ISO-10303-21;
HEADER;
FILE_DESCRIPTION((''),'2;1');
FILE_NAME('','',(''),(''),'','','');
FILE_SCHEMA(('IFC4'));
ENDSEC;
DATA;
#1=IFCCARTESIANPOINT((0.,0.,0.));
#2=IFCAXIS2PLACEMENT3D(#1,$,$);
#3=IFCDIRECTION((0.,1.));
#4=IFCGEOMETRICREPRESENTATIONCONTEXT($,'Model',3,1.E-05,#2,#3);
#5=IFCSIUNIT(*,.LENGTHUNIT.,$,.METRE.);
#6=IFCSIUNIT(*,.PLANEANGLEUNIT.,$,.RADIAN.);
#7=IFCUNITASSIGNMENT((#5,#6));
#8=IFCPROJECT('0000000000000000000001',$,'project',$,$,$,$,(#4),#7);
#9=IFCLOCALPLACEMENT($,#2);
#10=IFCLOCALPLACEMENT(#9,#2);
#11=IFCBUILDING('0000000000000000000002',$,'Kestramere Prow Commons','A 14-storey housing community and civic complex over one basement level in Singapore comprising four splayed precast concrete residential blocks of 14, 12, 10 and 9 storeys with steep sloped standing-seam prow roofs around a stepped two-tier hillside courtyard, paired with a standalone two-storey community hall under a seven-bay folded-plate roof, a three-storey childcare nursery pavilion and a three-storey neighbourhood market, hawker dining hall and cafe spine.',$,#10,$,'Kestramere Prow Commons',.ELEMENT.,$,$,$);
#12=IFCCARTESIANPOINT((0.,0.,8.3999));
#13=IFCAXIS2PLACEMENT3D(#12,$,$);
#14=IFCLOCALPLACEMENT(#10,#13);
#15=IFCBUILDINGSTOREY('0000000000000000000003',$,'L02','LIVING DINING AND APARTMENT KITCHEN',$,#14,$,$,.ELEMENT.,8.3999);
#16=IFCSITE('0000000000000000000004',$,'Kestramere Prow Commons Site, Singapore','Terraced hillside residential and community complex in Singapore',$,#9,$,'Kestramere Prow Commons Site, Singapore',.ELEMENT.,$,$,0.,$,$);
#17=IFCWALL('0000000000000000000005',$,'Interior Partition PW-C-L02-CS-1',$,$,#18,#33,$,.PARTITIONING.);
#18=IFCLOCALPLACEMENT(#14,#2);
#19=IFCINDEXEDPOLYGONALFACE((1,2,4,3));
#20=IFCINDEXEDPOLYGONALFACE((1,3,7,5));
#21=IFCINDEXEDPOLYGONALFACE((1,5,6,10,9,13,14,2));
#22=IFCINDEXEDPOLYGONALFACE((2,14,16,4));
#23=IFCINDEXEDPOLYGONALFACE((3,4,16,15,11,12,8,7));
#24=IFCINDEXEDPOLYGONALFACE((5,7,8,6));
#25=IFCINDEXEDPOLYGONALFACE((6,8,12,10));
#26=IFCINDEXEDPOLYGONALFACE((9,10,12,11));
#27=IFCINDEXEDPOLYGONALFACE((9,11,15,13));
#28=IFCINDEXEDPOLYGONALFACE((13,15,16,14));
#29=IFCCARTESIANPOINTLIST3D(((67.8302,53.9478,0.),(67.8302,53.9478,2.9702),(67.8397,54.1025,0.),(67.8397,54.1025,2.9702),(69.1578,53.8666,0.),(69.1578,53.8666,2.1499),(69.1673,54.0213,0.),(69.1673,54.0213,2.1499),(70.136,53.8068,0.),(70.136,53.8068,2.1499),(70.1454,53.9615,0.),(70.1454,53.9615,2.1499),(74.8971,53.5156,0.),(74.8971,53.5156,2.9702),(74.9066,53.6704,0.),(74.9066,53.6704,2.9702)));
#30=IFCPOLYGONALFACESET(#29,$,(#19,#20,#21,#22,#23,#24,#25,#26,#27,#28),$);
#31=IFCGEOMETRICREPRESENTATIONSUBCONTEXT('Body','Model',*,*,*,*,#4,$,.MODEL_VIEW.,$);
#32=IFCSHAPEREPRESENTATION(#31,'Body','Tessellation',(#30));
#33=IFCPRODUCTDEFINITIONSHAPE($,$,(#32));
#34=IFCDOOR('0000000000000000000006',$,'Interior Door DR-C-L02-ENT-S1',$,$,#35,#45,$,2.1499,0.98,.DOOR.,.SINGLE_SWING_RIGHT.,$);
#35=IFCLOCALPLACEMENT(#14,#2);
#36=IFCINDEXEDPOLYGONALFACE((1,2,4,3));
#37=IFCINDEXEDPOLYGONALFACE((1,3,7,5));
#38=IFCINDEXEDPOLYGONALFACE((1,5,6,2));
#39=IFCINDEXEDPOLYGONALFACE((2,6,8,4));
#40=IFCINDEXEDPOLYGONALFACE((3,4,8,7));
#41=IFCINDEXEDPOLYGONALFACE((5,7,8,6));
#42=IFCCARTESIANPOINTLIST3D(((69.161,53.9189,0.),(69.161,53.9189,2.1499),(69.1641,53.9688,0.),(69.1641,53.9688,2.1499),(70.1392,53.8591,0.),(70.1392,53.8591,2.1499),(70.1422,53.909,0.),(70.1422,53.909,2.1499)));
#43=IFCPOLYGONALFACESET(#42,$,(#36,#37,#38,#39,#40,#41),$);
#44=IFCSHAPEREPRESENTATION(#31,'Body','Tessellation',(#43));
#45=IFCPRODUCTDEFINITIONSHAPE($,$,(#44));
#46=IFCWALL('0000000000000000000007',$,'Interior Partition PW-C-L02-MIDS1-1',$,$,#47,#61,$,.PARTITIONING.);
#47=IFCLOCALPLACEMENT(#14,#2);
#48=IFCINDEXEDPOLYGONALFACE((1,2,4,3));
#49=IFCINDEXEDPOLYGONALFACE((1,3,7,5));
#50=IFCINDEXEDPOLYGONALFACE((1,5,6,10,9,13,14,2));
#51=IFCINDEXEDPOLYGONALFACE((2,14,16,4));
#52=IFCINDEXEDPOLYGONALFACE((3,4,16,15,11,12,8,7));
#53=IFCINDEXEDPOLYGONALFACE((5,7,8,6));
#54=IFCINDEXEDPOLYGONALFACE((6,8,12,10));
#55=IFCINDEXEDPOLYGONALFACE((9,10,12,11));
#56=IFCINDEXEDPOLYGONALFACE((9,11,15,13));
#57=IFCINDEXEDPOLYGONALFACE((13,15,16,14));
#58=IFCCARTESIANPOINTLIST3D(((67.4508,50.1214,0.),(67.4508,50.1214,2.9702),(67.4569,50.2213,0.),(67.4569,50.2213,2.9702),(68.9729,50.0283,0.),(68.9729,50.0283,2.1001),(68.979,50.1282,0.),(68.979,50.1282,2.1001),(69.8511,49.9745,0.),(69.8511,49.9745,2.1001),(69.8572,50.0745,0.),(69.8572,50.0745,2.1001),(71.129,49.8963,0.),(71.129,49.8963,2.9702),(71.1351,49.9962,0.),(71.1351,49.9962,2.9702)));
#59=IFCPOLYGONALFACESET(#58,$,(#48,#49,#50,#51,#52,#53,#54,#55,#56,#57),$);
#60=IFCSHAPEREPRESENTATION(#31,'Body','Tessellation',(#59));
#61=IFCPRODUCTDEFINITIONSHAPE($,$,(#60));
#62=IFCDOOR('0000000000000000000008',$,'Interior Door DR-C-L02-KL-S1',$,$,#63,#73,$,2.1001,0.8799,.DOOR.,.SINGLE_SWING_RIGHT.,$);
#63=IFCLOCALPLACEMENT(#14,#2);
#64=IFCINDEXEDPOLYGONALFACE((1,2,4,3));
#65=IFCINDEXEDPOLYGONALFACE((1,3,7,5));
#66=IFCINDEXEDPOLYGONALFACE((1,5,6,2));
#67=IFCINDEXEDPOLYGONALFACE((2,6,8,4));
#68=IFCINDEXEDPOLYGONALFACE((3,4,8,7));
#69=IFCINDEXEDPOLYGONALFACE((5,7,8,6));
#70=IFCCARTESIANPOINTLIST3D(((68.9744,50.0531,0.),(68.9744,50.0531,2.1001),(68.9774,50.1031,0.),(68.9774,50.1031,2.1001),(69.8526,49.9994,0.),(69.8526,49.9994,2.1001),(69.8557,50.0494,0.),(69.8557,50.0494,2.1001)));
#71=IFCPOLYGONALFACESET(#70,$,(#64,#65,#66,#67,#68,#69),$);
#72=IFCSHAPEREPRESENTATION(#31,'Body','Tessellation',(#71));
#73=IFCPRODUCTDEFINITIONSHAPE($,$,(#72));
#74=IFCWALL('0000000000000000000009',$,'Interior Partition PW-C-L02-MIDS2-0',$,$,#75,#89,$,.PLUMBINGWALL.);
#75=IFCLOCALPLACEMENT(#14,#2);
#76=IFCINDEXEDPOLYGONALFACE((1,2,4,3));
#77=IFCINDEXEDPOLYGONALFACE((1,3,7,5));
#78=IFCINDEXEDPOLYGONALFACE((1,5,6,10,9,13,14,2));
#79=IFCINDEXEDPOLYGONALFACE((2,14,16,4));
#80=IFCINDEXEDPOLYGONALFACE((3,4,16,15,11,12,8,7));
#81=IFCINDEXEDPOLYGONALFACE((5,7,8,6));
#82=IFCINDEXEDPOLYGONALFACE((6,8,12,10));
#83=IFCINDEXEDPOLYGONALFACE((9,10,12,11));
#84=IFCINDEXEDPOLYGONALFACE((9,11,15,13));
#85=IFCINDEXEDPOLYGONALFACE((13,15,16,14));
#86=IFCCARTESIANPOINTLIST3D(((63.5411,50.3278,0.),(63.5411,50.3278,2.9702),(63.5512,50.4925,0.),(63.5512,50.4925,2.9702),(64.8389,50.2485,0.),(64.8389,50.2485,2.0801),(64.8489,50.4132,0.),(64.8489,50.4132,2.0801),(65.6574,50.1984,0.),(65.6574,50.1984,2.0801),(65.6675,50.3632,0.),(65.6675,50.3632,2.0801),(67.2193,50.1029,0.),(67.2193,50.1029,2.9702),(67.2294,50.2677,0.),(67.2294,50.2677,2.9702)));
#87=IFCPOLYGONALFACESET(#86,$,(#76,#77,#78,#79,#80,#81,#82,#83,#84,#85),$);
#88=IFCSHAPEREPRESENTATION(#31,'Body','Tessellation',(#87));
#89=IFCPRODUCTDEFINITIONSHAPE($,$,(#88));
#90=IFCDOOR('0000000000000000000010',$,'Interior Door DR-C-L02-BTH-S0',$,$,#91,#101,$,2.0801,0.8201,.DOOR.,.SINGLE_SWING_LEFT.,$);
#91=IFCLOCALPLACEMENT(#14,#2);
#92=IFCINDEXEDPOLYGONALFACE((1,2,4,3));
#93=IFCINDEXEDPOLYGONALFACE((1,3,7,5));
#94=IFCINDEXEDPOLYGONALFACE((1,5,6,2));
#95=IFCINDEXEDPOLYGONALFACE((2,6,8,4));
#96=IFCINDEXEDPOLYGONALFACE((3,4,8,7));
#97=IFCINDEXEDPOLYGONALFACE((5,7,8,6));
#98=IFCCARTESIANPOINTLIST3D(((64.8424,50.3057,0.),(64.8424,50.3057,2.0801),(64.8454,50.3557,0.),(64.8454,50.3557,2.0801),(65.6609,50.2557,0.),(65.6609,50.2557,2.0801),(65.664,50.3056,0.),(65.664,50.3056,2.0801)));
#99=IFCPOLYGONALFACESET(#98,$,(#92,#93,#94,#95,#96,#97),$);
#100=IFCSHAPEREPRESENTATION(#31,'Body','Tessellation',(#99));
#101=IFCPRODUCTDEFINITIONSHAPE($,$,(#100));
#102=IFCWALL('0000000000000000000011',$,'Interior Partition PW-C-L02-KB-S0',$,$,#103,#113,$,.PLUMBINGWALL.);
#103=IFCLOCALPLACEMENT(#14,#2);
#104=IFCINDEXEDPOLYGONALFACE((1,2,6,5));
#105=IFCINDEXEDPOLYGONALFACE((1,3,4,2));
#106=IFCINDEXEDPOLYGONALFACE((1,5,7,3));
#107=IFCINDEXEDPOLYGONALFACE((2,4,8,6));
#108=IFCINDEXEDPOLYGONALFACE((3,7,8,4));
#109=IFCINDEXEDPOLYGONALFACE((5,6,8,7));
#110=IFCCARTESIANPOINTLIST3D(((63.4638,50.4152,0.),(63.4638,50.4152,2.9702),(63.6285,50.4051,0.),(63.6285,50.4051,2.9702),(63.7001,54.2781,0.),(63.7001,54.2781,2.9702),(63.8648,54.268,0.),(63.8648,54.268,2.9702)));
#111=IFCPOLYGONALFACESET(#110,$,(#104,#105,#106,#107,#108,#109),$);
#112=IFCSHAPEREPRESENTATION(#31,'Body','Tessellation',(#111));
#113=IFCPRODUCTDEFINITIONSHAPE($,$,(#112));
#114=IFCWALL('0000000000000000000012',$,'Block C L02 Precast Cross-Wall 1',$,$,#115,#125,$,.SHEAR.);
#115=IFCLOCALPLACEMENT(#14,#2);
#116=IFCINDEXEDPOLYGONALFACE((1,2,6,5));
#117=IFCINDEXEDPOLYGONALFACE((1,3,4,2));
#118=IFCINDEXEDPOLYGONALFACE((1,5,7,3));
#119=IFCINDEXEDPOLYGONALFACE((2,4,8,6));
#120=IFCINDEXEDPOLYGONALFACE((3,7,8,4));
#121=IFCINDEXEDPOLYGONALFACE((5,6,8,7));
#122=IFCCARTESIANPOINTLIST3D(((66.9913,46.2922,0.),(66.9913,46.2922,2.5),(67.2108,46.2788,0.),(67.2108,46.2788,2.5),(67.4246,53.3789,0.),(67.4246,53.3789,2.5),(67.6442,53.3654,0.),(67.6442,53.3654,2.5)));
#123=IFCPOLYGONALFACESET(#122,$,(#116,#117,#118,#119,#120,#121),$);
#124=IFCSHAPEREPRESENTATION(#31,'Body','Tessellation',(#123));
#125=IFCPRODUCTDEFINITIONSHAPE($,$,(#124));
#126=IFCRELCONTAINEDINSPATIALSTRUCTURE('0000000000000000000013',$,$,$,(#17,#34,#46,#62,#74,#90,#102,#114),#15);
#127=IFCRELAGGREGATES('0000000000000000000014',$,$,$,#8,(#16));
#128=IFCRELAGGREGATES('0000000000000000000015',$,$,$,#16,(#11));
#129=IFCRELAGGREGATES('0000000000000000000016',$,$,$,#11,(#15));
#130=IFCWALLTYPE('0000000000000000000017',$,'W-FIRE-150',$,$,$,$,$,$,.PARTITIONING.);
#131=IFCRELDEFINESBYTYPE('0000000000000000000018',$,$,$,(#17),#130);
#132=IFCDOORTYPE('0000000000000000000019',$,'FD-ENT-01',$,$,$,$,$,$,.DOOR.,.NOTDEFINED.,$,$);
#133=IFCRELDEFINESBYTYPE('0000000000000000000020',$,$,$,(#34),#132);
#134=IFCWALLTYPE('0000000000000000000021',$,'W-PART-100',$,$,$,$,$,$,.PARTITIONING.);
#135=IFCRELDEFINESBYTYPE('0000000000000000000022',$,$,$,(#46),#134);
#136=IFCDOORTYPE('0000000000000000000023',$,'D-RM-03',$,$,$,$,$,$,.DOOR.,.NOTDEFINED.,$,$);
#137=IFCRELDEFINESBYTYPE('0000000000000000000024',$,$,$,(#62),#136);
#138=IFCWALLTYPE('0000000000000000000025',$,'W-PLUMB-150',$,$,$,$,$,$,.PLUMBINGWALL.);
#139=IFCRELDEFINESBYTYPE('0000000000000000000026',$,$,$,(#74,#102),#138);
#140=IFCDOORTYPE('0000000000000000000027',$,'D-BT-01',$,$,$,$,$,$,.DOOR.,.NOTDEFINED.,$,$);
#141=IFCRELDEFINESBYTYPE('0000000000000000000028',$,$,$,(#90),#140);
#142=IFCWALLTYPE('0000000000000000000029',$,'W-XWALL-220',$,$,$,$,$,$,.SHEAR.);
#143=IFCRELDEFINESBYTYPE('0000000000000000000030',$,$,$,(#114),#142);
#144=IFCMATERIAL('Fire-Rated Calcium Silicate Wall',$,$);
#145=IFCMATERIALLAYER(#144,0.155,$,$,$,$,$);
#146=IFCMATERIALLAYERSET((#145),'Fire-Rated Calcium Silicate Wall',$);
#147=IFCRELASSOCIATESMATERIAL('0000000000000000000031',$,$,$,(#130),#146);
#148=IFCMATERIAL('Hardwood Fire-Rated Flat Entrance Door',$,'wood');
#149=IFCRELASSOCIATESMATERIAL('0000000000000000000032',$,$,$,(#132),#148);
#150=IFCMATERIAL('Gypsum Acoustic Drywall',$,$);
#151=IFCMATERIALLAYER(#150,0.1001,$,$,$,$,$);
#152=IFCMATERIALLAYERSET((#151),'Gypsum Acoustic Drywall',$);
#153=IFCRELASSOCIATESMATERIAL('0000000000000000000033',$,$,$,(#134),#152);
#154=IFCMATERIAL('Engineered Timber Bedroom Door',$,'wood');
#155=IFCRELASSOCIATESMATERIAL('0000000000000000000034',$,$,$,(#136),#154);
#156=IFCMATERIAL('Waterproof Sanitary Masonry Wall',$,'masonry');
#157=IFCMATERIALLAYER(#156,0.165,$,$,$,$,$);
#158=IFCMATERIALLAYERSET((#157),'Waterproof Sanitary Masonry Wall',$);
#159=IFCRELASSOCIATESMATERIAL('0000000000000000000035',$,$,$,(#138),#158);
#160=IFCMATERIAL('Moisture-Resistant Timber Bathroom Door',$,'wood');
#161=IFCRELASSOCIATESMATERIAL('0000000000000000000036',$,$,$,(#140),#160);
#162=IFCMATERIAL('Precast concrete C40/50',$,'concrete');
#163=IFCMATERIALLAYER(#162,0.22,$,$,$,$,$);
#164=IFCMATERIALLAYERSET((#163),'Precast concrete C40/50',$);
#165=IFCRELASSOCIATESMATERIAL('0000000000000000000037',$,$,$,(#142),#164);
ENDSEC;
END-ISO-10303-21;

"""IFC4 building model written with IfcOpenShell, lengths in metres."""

from ifc_helpers import new_model, si_unit, direction, frame, frame_2d, origin, place, context, subcontext, project, spatial, rectangle, extrude, material, layer, layer_set, type_object, element, fill, save


model = new_model("IFC4")

# Units and contexts
model_context = context("Model", 3, precision=1e-05, world=origin(), true_north=direction((0.0, 1.0)))
body_context = subcontext(model_context, "Body", "Model", "MODEL_VIEW")
ifc_project = project(units=[si_unit("LENGTHUNIT", "METRE"), si_unit("PLANEANGLEUNIT", "RADIAN")], contexts=[model_context])

# Site, building, storey
site_placement = place(None, origin())
site = spatial("IfcSite", under=ifc_project, at=site_placement, Name="Kestramere Prow Commons Site, Singapore", Description="Terraced hillside residential and community complex in Singapore", LongName="Kestramere Prow Commons Site, Singapore", CompositionType="ELEMENT", RefElevation=0.0)
building_placement = place(site_placement, origin())
building = spatial("IfcBuilding", under=site, at=building_placement, Name="Kestramere Prow Commons", Description="A 14-storey housing community and civic complex over one basement level in Singapore comprising four splayed precast concrete residential blocks of 14, 12, 10 and 9 storeys with steep sloped standing-seam prow roofs around a stepped two-tier hillside courtyard, paired with a standalone two-storey community hall under a seven-bay folded-plate roof, a three-storey childcare nursery pavilion and a three-storey neighbourhood market, hawker dining hall and cafe spine.", LongName="Kestramere Prow Commons", CompositionType="ELEMENT")
storey_placement = place(building_placement, frame((0.0, 0.0, 8.3999)))
storey = spatial("IfcBuildingStorey", under=building, at=storey_placement, Name="L02", Description="LIVING DINING AND APARTMENT KITCHEN", CompositionType="ELEMENT", Elevation=8.3999)

# Shared definitions
ifc_material_1 = material(Name="Precast concrete C40/50", Category="concrete")

# Walls, openings, doors
ifc_material_2 = material(Name="Fire-Rated Calcium Silicate Wall")
ifc_layer_1 = layer(ifc_material_2, 0.155)
ifc_layer_set_1 = layer_set([ifc_layer_1], Name="Fire-Rated Calcium Silicate Wall")
wall_type_1 = type_object("IfcWallType", Name="W-FIRE-150", PredefinedType="PARTITIONING", material=ifc_layer_set_1)
ifc_material_3 = material(Name="Hardwood Fire-Rated Flat Entrance Door", Category="wood")
wall_1_placement = place(storey_placement, frame((67.835, 54.0251, 0.0), z_axis=(0.0, 0.0, 1.0), x_axis=(0.998136, -0.061034, 0.0)))
wall_1 = element("IfcWall", 1, at=wall_1_placement, inside=storey, type_object=wall_type_1, Name="Interior Partition PW-C-L02-CS-1", PredefinedType="PARTITIONING", context=body_context, shape_type="SweptSolid", body=[
    extrude(rectangle(XDim=7.0801, YDim=0.155, at=frame_2d((3.54, 0.0))), origin(), (0.0, 0.0, 1.0), 2.9702),
])
opening_1_placement = place(wall_1_placement, frame((1.3301, 0.0, 0.0)))
opening_1 = element("IfcOpeningElement", 2, at=opening_1_placement, cuts=wall_1, PredefinedType="OPENING", context=body_context, shape_type="SweptSolid", body=[
    extrude(rectangle(XDim=0.98, YDim=2.1499, at=frame_2d((0.49, 1.075))), frame((0.0, 0.0925, 0.0), z_axis=(0.0, -1.0, 0.0), x_axis=(1.0, 0.0, 0.0)), (0.0, 0.0, 1.0), 0.1851),
])
door_type_1 = type_object("IfcDoorType", Name="FD-ENT-01", OperationType="NOTDEFINED", PredefinedType="DOOR", material=ifc_material_3)
door_1_placement = place(opening_1_placement, origin())
door_1 = element("IfcDoor", 3, at=door_1_placement, inside=storey, type_object=door_type_1, Name="Interior Door DR-C-L02-ENT-S1", OperationType="SINGLE_SWING_RIGHT", OverallHeight=2.1499, OverallWidth=0.98, PredefinedType="DOOR", context=body_context, shape_type="SweptSolid", body=[
    extrude(rectangle(XDim=0.98, YDim=2.1499, at=frame_2d((0.49, 1.075))), frame((0.0, 0.0249, 0.0), z_axis=(0.0, -1.0, 0.0), x_axis=(1.0, 0.0, 0.0)), (0.0, 0.0, 1.0), 0.05),
])
fill(opening_1, door_1)
ifc_material_4 = material(Name="Gypsum Acoustic Drywall")
ifc_layer_2 = layer(ifc_material_4, 0.1001)
ifc_layer_set_2 = layer_set([ifc_layer_2], Name="Gypsum Acoustic Drywall")
wall_type_2 = type_object("IfcWallType", Name="W-PART-100", PredefinedType="PARTITIONING", material=ifc_layer_set_2)
wall_2_placement = place(storey_placement, frame((67.4539, 50.1714, 0.0), z_axis=(0.0, 0.0, 1.0), x_axis=(0.998133, -0.061083, 0.0)))
wall_2 = element("IfcWall", 4, at=wall_2_placement, inside=storey, type_object=wall_type_2, Name="Interior Partition PW-C-L02-MIDS1-1", PredefinedType="PARTITIONING", context=body_context, shape_type="SweptSolid", body=[
    extrude(rectangle(XDim=3.6851, YDim=0.1001, at=frame_2d((1.8425, 0.0))), origin(), (0.0, 0.0, 1.0), 2.9702),
])
opening_2_placement = place(wall_2_placement, frame((1.5249, 0.0, 0.0)))
opening_2 = element("IfcOpeningElement", 5, at=opening_2_placement, cuts=wall_2, PredefinedType="OPENING", context=body_context, shape_type="SweptSolid", body=[
    extrude(rectangle(XDim=0.8799, YDim=2.1001, at=frame_2d((0.4399, 1.05))), frame((0.0, 0.0649, 0.0), z_axis=(0.0, -1.0, 0.0), x_axis=(1.0, 0.0, 0.0)), (0.0, 0.0, 1.0), 0.1301),
])
ifc_material_5 = material(Name="Engineered Timber Bedroom Door", Category="wood")
door_type_2 = type_object("IfcDoorType", Name="D-RM-03", OperationType="NOTDEFINED", PredefinedType="DOOR", material=ifc_material_5)
door_2_placement = place(opening_2_placement, origin())
door_2 = element("IfcDoor", 6, at=door_2_placement, inside=storey, type_object=door_type_2, Name="Interior Door DR-C-L02-KL-S1", OperationType="SINGLE_SWING_RIGHT", OverallHeight=2.1001, OverallWidth=0.8799, PredefinedType="DOOR", context=body_context, shape_type="SweptSolid", body=[
    extrude(rectangle(XDim=0.8799, YDim=2.1001, at=frame_2d((0.4399, 1.05))), frame((0.0, 0.0249, 0.0), z_axis=(0.0, -1.0, 0.0), x_axis=(1.0, 0.0, 0.0)), (0.0, 0.0, 1.0), 0.05),
])
fill(opening_2, door_2)
ifc_material_6 = material(Name="Waterproof Sanitary Masonry Wall", Category="masonry")
ifc_layer_3 = layer(ifc_material_6, 0.165)
ifc_layer_set_3 = layer_set([ifc_layer_3], Name="Waterproof Sanitary Masonry Wall")
wall_type_3 = type_object("IfcWallType", Name="W-PLUMB-150", PredefinedType="PLUMBINGWALL", material=ifc_layer_set_3)
wall_3_placement = place(storey_placement, frame((63.5461, 50.4102, 0.0), z_axis=(0.0, 0.0, 1.0), x_axis=(0.998137, -0.061017, 0.0)))
wall_3 = element("IfcWall", 7, at=wall_3_placement, inside=storey, type_object=wall_type_3, Name="Interior Partition PW-C-L02-MIDS2-0", PredefinedType="PLUMBINGWALL", context=body_context, shape_type="SweptSolid", body=[
    extrude(rectangle(XDim=3.6851, YDim=0.165, at=frame_2d((1.8425, 0.0))), origin(), (0.0, 0.0, 1.0), 2.9702),
])
opening_3_placement = place(wall_3_placement, frame((1.3, 0.0, 0.0)))
opening_3 = element("IfcOpeningElement", 8, at=opening_3_placement, cuts=wall_3, PredefinedType="OPENING", context=body_context, shape_type="SweptSolid", body=[
    extrude(rectangle(XDim=0.8201, YDim=2.0801, at=frame_2d((0.4102, 1.04))), frame((0.0, 0.0974, 0.0), z_axis=(0.0, -1.0, 0.0), x_axis=(1.0, 0.0, 0.0)), (0.0, 0.0, 1.0), 0.1951),
])
ifc_material_7 = material(Name="Moisture-Resistant Timber Bathroom Door", Category="wood")
door_type_3 = type_object("IfcDoorType", Name="D-BT-01", OperationType="NOTDEFINED", PredefinedType="DOOR", material=ifc_material_7)
door_3_placement = place(opening_3_placement, origin())
door_3 = element("IfcDoor", 9, at=door_3_placement, inside=storey, type_object=door_type_3, Name="Interior Door DR-C-L02-BTH-S0", OperationType="SINGLE_SWING_LEFT", OverallHeight=2.0801, OverallWidth=0.8201, PredefinedType="DOOR", context=body_context, shape_type="SweptSolid", body=[
    extrude(rectangle(XDim=0.8201, YDim=2.0801, at=frame_2d((0.4102, 1.04))), frame((0.0, 0.0249, 0.0), z_axis=(0.0, -1.0, 0.0), x_axis=(1.0, 0.0, 0.0)), (0.0, 0.0, 1.0), 0.05),
])
fill(opening_3, door_3)

# Walls
wall_4_placement = place(storey_placement, frame((63.5461, 50.4102, 0.0), z_axis=(0.0, 0.0, 1.0), x_axis=(0.061066, 0.998134, 0.0)))
element("IfcWall", 10, at=wall_4_placement, inside=storey, type_object=wall_type_3, Name="Interior Partition PW-C-L02-KB-S0", PredefinedType="PLUMBINGWALL", context=body_context, shape_type="SweptSolid", body=[
    extrude(rectangle(XDim=3.8701, YDim=0.165, at=frame_2d((1.9351, 0.0))), origin(), (0.0, 0.0, 1.0), 2.9702),
])
ifc_layer_4 = layer(ifc_material_1, 0.22)
ifc_layer_set_4 = layer_set([ifc_layer_4], Name="Precast concrete C40/50")
wall_type_4 = type_object("IfcWallType", Name="W-XWALL-220", PredefinedType="SHEAR", material=ifc_layer_set_4)
wall_5_placement = place(storey_placement, frame((67.1011, 46.2856, 0.0), z_axis=(0.0, 0.0, 1.0), x_axis=(0.061036, 0.998136, 0.0)))
element("IfcWall", 11, at=wall_5_placement, inside=storey, type_object=wall_type_4, Name="Block C L02 Precast Cross-Wall 1", PredefinedType="SHEAR", context=body_context, shape_type="SweptSolid", body=[
    extrude(rectangle(XDim=7.0999, YDim=0.22, at=frame_2d((3.5498, 0.0))), origin(), (0.0, 0.0, 1.0), 2.5),
])

save(model, "model.ifc")
